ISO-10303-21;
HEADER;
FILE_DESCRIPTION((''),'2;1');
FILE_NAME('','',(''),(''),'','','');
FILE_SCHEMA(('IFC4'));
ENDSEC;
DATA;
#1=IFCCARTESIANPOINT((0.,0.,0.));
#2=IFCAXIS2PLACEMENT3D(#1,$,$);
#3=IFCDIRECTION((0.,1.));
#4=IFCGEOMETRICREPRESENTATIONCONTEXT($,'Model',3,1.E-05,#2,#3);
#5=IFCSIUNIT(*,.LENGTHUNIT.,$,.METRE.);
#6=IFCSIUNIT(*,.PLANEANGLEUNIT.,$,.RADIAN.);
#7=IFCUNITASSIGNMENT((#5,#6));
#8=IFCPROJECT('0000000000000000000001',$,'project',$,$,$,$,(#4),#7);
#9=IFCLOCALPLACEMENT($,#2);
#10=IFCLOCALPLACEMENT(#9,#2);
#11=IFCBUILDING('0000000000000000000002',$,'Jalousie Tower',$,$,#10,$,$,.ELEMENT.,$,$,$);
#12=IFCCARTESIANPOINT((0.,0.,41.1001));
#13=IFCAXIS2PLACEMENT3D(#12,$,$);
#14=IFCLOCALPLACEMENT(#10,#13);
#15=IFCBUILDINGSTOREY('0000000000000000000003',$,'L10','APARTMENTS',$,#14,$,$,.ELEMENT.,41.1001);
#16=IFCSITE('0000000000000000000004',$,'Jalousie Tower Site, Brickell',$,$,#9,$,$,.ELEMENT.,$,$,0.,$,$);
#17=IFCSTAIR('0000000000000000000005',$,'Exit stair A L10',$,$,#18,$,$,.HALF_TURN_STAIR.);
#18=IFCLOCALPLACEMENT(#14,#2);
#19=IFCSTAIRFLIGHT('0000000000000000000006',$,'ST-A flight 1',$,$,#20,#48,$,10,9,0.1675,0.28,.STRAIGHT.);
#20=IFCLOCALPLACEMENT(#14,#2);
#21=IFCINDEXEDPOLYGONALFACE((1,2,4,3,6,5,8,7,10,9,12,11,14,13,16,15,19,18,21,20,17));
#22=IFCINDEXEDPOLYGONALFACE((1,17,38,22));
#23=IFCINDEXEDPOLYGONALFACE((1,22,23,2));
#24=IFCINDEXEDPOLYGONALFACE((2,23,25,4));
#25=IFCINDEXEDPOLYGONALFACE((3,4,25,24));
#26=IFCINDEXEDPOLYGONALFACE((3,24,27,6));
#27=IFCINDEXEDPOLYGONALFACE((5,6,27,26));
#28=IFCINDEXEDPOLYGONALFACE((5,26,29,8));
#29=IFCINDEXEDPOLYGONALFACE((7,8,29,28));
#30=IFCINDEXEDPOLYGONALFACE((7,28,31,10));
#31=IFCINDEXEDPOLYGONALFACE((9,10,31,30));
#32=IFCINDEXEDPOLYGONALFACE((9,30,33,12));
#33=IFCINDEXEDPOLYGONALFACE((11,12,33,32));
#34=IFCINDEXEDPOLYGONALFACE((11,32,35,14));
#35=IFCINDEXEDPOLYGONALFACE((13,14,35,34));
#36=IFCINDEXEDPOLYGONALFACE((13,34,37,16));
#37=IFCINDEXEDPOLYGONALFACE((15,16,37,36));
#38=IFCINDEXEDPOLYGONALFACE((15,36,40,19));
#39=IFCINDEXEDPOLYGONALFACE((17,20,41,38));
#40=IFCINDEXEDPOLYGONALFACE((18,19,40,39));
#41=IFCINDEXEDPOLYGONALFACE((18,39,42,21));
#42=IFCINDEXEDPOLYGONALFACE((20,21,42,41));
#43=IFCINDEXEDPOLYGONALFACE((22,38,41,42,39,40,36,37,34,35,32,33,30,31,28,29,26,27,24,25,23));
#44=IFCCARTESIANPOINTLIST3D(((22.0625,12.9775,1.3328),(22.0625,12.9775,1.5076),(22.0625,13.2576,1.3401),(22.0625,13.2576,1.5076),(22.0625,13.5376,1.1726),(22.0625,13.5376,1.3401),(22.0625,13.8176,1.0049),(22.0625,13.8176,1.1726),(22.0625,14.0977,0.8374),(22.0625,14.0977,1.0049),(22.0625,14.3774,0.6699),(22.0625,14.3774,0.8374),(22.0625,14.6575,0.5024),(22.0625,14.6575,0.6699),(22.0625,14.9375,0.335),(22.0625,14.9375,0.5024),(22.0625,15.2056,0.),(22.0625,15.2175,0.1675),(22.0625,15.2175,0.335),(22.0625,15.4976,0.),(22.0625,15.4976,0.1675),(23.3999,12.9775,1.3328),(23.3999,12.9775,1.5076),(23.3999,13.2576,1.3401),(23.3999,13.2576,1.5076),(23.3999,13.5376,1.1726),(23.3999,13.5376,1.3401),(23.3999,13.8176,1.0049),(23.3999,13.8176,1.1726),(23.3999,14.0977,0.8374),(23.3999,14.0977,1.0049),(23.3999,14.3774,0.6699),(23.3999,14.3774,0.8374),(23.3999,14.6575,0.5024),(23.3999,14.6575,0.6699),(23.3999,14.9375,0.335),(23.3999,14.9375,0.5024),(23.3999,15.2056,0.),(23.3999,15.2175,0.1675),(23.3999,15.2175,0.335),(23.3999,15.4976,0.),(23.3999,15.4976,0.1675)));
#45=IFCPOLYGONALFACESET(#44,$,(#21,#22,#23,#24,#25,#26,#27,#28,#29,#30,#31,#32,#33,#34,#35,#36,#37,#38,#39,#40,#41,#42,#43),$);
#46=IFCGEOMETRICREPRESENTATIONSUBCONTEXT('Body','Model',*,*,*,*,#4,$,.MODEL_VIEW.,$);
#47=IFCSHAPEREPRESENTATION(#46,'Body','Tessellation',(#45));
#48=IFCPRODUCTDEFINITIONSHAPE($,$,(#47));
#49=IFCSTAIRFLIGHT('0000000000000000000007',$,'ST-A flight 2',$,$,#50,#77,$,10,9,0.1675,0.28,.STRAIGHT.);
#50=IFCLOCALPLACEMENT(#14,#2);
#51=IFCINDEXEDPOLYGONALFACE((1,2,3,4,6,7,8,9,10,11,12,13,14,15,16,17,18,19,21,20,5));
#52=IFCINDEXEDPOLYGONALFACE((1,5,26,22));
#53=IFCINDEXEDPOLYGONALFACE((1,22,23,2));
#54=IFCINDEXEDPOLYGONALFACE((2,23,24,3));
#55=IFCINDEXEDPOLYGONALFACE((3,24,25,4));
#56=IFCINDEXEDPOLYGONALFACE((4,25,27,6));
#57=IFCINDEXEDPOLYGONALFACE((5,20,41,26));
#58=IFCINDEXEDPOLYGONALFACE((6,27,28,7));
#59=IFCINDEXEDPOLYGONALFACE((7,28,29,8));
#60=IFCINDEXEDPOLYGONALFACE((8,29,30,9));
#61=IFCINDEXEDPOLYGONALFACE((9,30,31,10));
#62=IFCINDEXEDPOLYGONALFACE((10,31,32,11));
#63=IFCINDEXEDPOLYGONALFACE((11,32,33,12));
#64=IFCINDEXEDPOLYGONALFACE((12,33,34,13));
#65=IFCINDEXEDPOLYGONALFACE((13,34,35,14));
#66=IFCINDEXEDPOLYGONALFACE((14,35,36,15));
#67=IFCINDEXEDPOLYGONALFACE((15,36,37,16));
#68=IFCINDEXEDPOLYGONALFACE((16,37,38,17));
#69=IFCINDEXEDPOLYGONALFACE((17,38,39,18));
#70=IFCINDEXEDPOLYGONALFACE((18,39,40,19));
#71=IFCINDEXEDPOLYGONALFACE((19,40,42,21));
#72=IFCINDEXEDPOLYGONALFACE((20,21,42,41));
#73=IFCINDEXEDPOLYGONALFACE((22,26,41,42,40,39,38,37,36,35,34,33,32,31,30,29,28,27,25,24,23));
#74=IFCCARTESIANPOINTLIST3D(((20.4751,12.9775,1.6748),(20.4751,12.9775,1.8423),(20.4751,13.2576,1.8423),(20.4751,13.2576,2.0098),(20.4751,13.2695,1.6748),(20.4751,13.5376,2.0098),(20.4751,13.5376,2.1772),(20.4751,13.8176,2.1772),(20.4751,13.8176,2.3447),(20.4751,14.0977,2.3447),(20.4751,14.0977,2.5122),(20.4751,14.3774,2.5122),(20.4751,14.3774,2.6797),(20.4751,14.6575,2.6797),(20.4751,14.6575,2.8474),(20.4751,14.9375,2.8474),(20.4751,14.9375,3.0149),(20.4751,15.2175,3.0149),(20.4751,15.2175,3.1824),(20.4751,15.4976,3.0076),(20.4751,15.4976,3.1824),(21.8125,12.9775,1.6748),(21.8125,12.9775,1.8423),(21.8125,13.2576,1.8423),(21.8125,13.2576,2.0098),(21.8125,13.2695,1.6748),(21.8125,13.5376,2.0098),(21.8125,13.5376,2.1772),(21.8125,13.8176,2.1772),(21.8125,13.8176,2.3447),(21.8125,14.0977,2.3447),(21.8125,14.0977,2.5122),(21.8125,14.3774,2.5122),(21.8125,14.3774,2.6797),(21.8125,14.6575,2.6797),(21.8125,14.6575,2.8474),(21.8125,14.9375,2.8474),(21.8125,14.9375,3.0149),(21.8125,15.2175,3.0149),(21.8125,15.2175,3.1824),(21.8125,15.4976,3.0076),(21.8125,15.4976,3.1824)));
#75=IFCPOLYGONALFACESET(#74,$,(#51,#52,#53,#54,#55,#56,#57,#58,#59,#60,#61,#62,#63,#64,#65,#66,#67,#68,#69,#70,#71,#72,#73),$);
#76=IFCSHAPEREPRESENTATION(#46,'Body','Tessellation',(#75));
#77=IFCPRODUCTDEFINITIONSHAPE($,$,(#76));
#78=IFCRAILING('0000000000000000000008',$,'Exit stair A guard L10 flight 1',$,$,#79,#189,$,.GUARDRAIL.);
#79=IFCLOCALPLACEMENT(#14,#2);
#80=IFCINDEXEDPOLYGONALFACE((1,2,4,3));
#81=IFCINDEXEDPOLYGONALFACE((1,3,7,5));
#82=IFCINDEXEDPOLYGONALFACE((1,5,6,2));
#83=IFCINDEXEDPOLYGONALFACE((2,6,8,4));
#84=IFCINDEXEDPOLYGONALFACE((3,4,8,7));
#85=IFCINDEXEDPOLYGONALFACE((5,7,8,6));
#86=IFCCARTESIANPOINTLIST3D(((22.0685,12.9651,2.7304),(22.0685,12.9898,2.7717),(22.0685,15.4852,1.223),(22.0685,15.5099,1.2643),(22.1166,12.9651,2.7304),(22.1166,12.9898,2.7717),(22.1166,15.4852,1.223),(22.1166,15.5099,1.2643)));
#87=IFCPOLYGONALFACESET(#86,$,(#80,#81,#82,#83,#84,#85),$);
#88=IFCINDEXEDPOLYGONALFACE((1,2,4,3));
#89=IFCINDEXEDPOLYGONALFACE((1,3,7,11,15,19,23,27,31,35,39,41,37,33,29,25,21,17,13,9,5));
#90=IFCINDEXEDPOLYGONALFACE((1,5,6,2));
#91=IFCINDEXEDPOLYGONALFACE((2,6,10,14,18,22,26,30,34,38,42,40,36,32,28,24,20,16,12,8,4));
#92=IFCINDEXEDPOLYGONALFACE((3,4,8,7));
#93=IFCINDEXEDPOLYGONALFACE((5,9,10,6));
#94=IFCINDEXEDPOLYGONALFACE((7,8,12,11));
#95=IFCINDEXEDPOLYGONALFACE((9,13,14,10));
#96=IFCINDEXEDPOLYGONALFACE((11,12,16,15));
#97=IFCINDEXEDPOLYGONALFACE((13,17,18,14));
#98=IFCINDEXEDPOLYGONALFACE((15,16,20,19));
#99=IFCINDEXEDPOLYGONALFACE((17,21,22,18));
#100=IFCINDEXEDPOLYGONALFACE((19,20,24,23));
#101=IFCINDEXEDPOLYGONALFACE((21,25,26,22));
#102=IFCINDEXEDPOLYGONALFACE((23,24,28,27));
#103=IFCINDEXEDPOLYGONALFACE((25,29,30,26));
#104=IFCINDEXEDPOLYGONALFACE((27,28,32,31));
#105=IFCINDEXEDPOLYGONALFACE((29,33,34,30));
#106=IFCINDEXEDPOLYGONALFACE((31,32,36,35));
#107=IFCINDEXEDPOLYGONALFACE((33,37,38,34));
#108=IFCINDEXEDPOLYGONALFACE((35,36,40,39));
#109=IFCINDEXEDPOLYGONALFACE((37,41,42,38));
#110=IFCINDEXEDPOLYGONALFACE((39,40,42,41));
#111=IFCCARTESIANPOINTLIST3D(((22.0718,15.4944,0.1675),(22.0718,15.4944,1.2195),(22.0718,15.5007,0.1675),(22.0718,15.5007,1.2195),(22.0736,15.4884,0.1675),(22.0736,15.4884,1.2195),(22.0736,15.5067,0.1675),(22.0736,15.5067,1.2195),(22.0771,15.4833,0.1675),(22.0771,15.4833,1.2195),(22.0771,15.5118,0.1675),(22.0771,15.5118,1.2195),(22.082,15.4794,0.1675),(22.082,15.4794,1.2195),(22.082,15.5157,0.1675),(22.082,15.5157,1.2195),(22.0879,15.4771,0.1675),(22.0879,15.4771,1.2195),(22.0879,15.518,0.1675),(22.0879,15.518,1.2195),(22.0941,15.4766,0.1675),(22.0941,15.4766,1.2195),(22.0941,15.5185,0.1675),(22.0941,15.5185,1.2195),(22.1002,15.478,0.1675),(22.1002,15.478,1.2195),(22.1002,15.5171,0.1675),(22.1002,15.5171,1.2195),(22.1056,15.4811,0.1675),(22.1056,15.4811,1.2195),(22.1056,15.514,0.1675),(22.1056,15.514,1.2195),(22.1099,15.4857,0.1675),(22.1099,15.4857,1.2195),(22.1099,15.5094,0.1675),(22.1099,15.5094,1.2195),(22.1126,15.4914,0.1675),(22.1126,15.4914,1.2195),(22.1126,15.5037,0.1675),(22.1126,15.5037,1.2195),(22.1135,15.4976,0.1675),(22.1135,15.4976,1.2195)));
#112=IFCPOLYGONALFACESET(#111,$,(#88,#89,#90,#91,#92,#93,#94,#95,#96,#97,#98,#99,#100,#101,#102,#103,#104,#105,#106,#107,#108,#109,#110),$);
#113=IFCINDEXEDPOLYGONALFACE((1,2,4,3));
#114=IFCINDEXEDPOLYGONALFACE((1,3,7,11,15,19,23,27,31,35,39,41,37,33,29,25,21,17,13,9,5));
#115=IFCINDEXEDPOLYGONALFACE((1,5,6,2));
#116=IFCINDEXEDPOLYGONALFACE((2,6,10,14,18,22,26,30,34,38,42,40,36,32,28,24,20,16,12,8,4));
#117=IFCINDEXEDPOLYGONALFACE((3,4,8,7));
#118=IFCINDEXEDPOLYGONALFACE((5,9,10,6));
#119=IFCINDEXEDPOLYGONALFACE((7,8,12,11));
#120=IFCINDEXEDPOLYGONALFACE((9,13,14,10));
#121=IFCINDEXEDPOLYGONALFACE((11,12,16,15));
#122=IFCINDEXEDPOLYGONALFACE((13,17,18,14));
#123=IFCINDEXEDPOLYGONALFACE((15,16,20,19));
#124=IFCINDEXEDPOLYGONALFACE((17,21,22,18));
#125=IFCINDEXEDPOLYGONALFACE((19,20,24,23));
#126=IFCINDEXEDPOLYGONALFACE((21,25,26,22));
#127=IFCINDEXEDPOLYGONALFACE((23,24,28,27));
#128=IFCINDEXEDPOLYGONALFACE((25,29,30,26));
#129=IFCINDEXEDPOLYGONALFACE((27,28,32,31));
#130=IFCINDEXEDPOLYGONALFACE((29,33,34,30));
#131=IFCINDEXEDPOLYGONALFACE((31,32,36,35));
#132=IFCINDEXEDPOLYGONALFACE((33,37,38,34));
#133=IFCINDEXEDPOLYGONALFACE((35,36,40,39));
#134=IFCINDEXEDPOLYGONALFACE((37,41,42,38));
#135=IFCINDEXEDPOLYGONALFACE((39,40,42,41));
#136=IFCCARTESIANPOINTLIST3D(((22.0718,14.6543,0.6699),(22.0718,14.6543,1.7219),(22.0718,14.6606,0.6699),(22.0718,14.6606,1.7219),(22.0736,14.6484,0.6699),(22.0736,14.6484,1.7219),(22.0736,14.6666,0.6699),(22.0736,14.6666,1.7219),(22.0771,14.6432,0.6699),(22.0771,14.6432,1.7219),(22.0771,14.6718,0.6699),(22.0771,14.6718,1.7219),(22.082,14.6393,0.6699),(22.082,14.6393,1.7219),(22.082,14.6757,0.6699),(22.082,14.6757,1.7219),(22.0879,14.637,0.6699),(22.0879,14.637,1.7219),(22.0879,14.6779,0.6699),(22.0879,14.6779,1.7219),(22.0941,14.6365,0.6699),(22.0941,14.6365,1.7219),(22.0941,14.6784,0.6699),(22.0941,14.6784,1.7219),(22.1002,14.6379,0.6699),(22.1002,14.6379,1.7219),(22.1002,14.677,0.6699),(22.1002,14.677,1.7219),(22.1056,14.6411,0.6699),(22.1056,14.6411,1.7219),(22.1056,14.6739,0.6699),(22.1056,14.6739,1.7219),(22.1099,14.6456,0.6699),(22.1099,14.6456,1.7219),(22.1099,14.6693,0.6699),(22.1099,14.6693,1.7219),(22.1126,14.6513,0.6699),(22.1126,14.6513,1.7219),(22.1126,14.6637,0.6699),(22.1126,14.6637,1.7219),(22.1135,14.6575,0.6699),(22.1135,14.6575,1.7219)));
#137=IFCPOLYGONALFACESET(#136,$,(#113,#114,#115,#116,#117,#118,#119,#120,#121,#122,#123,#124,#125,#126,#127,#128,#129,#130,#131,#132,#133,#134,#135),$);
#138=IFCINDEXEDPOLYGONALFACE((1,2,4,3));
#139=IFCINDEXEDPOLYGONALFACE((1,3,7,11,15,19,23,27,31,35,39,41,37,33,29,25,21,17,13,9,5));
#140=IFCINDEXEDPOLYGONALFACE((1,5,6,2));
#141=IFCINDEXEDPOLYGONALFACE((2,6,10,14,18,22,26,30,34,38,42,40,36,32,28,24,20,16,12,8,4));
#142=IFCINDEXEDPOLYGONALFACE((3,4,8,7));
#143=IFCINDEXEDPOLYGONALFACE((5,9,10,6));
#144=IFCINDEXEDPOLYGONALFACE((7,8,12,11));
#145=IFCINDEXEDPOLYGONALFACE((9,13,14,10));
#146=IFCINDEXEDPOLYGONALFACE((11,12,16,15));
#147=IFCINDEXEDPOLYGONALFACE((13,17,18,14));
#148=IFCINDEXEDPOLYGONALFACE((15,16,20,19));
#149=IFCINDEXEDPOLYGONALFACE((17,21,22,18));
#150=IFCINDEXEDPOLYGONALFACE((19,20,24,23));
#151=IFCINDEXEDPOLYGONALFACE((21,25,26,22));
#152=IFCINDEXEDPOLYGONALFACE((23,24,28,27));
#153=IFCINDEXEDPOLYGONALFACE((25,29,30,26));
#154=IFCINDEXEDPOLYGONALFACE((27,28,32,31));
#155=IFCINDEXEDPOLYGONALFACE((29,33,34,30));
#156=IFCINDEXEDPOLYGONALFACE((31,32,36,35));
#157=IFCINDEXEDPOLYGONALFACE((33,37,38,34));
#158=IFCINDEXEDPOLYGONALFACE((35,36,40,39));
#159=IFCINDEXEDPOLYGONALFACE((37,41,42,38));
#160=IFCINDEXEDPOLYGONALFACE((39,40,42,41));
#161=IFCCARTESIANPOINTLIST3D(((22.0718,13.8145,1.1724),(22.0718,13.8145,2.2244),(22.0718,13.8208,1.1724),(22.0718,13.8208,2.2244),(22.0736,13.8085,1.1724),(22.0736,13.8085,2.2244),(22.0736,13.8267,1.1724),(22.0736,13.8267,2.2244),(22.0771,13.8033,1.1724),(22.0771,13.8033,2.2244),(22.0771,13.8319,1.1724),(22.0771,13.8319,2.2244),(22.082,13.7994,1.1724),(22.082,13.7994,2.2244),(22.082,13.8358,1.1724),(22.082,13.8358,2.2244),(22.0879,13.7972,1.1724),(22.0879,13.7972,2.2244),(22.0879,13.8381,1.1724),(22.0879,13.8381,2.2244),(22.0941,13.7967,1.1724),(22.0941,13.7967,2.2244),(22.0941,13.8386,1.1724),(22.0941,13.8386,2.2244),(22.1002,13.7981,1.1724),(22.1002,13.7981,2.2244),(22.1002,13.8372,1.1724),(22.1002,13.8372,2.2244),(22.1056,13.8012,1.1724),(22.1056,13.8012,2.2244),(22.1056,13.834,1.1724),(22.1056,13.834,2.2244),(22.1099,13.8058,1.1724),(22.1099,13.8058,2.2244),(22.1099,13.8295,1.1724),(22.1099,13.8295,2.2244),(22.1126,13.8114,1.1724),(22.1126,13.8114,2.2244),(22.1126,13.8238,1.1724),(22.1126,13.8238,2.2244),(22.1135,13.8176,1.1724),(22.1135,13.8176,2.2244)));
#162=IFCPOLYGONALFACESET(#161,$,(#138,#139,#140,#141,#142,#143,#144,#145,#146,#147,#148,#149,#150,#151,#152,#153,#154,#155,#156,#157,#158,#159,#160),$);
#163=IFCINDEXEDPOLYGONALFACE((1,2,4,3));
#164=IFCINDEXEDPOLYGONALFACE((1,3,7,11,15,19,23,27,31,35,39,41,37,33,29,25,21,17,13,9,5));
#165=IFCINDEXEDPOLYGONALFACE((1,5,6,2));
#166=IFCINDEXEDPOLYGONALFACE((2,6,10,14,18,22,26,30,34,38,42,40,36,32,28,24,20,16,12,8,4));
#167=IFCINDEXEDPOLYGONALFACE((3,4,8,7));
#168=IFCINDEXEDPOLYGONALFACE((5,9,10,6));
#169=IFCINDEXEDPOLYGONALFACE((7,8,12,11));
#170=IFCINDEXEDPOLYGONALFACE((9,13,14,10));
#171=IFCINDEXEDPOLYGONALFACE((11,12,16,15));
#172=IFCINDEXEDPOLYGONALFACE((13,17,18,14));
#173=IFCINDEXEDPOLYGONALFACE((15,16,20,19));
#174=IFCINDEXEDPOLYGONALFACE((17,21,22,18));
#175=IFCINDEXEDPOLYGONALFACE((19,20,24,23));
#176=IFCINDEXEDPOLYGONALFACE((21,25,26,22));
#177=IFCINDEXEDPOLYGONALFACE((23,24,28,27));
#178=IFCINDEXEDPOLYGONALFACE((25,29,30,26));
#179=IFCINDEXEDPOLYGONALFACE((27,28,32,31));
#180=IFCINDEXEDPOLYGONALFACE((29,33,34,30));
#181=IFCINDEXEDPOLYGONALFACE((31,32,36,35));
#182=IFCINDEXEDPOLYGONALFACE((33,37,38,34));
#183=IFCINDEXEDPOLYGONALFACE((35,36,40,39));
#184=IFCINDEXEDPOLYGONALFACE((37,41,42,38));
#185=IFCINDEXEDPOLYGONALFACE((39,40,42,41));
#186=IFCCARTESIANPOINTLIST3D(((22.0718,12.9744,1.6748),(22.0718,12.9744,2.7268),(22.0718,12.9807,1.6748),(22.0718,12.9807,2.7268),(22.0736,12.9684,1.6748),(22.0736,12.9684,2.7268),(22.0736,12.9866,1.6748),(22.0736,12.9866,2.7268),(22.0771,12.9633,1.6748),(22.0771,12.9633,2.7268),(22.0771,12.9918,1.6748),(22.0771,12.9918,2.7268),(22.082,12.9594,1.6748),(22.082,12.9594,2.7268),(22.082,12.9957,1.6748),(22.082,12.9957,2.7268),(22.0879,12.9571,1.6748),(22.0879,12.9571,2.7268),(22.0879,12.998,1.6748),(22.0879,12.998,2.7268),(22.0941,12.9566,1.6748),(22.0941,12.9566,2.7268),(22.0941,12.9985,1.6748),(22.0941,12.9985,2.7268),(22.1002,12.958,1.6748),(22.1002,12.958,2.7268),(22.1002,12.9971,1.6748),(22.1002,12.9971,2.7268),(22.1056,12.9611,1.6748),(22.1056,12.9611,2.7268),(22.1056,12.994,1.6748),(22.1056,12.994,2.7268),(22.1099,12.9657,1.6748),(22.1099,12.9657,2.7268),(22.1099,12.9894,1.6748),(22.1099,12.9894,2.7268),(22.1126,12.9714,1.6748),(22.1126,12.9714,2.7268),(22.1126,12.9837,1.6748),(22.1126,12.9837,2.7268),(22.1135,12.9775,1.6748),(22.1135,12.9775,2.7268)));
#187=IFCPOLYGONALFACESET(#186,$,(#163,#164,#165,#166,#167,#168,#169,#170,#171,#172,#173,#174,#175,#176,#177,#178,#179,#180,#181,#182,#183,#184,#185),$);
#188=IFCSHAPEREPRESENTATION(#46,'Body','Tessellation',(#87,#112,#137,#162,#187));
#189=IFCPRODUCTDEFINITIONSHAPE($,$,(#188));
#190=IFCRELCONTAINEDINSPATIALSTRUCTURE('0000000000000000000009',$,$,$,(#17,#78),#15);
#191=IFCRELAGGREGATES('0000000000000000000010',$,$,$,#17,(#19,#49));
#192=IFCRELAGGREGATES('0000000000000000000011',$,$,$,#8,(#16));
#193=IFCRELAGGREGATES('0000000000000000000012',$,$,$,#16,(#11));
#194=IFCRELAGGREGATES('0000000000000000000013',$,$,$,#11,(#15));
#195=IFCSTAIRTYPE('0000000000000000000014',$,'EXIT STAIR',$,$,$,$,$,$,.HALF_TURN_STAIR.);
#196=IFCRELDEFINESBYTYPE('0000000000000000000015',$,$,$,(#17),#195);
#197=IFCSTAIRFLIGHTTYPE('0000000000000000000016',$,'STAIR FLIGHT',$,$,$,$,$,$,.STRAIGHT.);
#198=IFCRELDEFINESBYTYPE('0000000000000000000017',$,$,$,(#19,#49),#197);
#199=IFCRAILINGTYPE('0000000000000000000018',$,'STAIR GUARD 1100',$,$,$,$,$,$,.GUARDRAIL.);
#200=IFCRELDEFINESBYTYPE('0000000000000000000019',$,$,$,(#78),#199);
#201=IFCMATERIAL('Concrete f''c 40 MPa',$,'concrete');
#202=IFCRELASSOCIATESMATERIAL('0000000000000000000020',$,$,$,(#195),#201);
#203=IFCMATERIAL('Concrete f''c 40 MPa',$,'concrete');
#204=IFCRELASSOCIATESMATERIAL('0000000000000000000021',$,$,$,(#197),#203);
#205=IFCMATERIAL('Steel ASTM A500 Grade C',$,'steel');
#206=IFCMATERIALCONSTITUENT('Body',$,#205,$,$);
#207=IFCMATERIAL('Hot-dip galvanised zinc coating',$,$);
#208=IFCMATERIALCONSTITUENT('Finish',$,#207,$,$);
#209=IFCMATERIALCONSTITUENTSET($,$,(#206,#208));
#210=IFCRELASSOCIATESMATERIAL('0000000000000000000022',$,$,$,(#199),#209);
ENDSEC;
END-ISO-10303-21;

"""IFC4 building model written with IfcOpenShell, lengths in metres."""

from ifc_helpers import new_model, si_unit, direction, frame, origin, origin_2d, place, context, subcontext, project, spatial, polyline, rectangle, circle, outline, extrude, material, constituent, constituent_set, type_object, element, aggregate, save


model = new_model("IFC4")

# Units and contexts
model_context = context("Model", 3, precision=1e-05, world=origin(), true_north=direction((0.0, 1.0)))
body_context = subcontext(model_context, "Body", "Model", "MODEL_VIEW")
ifc_project = project(units=[si_unit("LENGTHUNIT", "METRE"), si_unit("PLANEANGLEUNIT", "RADIAN")], contexts=[model_context])

# Site, building, storey
site_placement = place(None, origin())
site = spatial("IfcSite", under=ifc_project, at=site_placement, Name="Jalousie Tower Site, Brickell", CompositionType="ELEMENT", RefElevation=0.0)
building_placement = place(site_placement, origin())
building = spatial("IfcBuilding", under=site, at=building_placement, Name="Jalousie Tower", CompositionType="ELEMENT")
storey_placement = place(building_placement, frame((0.0, 0.0, 41.1001)))
storey = spatial("IfcBuildingStorey", under=building, at=storey_placement, Name="L10", Description="APARTMENTS", CompositionType="ELEMENT", Elevation=41.1001)

# Stair, stair flights
ifc_material_1 = material(Name="Concrete f'c 40 MPa", Category="concrete")
stair_type = type_object("IfcStairType", Name="EXIT STAIR", PredefinedType="HALF_TURN_STAIR", material=ifc_material_1)
stair_placement = place(storey_placement, origin())
stair = element("IfcStair", 1, at=stair_placement, inside=storey, type_object=stair_type, Name="Exit stair A L10", PredefinedType="HALF_TURN_STAIR")
ifc_material_2 = material(Name="Concrete f'c 40 MPa", Category="concrete")
stair_flight_type = type_object("IfcStairFlightType", Name="STAIR FLIGHT", PredefinedType="STRAIGHT", material=ifc_material_2)
stair_flight_1_placement = place(storey_placement, frame((22.7312, 15.4976, 0.0), z_axis=(0.0, 0.0, 1.0), x_axis=(0.0, -1.0, 0.0)))
stair_flight_1 = element("IfcStairFlight", 2, at=stair_flight_1_placement, type_object=stair_flight_type, Name="ST-A flight 1", NumberOfRisers=10, NumberOfTreads=9, PredefinedType="STRAIGHT", RiserHeight=0.1675, TreadLength=0.28, context=body_context, shape_type="SweptSolid", body=[
    extrude(outline(polyline([(0.0, 0.0), (0.0, 0.1675), (0.28, 0.1675), (0.28, 0.335), (0.5601, 0.335), (0.5601, 0.5024), (0.8401, 0.5024), (0.8401, 0.6699), (1.1201, 0.6699), (1.1201, 0.8374), (1.3999, 0.8374), (1.3999, 1.0049), (1.6799, 1.0049), (1.6799, 1.1726), (1.96, 1.1726), (1.96, 1.3401), (2.24, 1.3401), (2.24, 1.5076), (2.52, 1.5076), (2.52, 1.675), (2.52, 1.3328), (0.292, 0.0), (0.0, 0.0)])), frame((0.0, 0.6687, 0.0), z_axis=(0.0, -1.0, 0.0), x_axis=(1.0, 0.0, 0.0)), (0.0, 0.0, 1.0), 1.3374),
])
stair_flight_2_placement = place(storey_placement, frame((21.1438, 12.9775, 1.6748), z_axis=(0.0, 0.0, 1.0), x_axis=(0.0, 1.0, 0.0)))
stair_flight_2 = element("IfcStairFlight", 3, at=stair_flight_2_placement, type_object=stair_flight_type, Name="ST-A flight 2", NumberOfRisers=10, NumberOfTreads=9, PredefinedType="STRAIGHT", RiserHeight=0.1675, TreadLength=0.28, context=body_context, shape_type="SweptSolid", body=[
    extrude(outline(polyline([(0.0, 0.0), (0.0, 0.1675), (0.28, 0.1675), (0.28, 0.335), (0.5601, 0.335), (0.5601, 0.5024), (0.8401, 0.5024), (0.8401, 0.6699), (1.1201, 0.6699), (1.1201, 0.8374), (1.3999, 0.8374), (1.3999, 1.0049), (1.6799, 1.0049), (1.6799, 1.1726), (1.96, 1.1726), (1.96, 1.3401), (2.24, 1.3401), (2.24, 1.5076), (2.52, 1.5076), (2.52, 1.675), (2.52, 1.3328), (0.292, 0.0), (0.0, 0.0)])), frame((0.0, 0.6687, 0.0), z_axis=(0.0, -1.0, 0.0), x_axis=(1.0, 0.0, 0.0)), (0.0, 0.0, 1.0), 1.3374),
])
aggregate(stair, [stair_flight_1, stair_flight_2])

# Railing
ifc_material_3 = material(Name="Steel ASTM A500 Grade C", Category="steel")
ifc_constituent_1 = constituent(ifc_material_3, Name="Body")
ifc_material_4 = material(Name="Hot-dip galvanised zinc coating")
ifc_constituent_2 = constituent(ifc_material_4, Name="Finish")
ifc_constituent_set_1 = constituent_set(constituents=[ifc_constituent_1, ifc_constituent_2])
railing_type_1 = type_object("IfcRailingType", Name="STAIR GUARD 1100", PredefinedType="GUARDRAIL", material=ifc_constituent_set_1)
railing_1_placement = place(storey_placement, frame((22.0925, 15.4976, 0.1675)))
element("IfcRailing", 4, at=railing_1_placement, inside=storey, type_object=railing_type_1, Name="Exit stair A guard L10 flight 1", PredefinedType="GUARDRAIL", context=body_context, shape_type="SweptSolid", body=[
    extrude(rectangle(XDim=0.0481, YDim=0.0481, at=origin_2d()), frame((0.0, 0.0, 1.0762), z_axis=(0.0, -0.858196, 0.513321), x_axis=(1.0, 0.0, 0.0)), (0.0, 0.0, 1.0), 2.9365),
    extrude(circle(Radius=0.021, at=origin_2d()), origin(), (0.0, 0.0, 1.0), 1.052),
    extrude(circle(Radius=0.021, at=origin_2d()), frame((0.0, -0.8401, 0.5024)), (0.0, 0.0, 1.0), 1.052),
    extrude(circle(Radius=0.021, at=origin_2d()), frame((0.0, -1.6799, 1.0049)), (0.0, 0.0, 1.0), 1.052),
    extrude(circle(Radius=0.021, at=origin_2d()), frame((0.0, -2.52, 1.5073)), (0.0, 0.0, 1.0), 1.052),
])

save(model, "model.ifc")
